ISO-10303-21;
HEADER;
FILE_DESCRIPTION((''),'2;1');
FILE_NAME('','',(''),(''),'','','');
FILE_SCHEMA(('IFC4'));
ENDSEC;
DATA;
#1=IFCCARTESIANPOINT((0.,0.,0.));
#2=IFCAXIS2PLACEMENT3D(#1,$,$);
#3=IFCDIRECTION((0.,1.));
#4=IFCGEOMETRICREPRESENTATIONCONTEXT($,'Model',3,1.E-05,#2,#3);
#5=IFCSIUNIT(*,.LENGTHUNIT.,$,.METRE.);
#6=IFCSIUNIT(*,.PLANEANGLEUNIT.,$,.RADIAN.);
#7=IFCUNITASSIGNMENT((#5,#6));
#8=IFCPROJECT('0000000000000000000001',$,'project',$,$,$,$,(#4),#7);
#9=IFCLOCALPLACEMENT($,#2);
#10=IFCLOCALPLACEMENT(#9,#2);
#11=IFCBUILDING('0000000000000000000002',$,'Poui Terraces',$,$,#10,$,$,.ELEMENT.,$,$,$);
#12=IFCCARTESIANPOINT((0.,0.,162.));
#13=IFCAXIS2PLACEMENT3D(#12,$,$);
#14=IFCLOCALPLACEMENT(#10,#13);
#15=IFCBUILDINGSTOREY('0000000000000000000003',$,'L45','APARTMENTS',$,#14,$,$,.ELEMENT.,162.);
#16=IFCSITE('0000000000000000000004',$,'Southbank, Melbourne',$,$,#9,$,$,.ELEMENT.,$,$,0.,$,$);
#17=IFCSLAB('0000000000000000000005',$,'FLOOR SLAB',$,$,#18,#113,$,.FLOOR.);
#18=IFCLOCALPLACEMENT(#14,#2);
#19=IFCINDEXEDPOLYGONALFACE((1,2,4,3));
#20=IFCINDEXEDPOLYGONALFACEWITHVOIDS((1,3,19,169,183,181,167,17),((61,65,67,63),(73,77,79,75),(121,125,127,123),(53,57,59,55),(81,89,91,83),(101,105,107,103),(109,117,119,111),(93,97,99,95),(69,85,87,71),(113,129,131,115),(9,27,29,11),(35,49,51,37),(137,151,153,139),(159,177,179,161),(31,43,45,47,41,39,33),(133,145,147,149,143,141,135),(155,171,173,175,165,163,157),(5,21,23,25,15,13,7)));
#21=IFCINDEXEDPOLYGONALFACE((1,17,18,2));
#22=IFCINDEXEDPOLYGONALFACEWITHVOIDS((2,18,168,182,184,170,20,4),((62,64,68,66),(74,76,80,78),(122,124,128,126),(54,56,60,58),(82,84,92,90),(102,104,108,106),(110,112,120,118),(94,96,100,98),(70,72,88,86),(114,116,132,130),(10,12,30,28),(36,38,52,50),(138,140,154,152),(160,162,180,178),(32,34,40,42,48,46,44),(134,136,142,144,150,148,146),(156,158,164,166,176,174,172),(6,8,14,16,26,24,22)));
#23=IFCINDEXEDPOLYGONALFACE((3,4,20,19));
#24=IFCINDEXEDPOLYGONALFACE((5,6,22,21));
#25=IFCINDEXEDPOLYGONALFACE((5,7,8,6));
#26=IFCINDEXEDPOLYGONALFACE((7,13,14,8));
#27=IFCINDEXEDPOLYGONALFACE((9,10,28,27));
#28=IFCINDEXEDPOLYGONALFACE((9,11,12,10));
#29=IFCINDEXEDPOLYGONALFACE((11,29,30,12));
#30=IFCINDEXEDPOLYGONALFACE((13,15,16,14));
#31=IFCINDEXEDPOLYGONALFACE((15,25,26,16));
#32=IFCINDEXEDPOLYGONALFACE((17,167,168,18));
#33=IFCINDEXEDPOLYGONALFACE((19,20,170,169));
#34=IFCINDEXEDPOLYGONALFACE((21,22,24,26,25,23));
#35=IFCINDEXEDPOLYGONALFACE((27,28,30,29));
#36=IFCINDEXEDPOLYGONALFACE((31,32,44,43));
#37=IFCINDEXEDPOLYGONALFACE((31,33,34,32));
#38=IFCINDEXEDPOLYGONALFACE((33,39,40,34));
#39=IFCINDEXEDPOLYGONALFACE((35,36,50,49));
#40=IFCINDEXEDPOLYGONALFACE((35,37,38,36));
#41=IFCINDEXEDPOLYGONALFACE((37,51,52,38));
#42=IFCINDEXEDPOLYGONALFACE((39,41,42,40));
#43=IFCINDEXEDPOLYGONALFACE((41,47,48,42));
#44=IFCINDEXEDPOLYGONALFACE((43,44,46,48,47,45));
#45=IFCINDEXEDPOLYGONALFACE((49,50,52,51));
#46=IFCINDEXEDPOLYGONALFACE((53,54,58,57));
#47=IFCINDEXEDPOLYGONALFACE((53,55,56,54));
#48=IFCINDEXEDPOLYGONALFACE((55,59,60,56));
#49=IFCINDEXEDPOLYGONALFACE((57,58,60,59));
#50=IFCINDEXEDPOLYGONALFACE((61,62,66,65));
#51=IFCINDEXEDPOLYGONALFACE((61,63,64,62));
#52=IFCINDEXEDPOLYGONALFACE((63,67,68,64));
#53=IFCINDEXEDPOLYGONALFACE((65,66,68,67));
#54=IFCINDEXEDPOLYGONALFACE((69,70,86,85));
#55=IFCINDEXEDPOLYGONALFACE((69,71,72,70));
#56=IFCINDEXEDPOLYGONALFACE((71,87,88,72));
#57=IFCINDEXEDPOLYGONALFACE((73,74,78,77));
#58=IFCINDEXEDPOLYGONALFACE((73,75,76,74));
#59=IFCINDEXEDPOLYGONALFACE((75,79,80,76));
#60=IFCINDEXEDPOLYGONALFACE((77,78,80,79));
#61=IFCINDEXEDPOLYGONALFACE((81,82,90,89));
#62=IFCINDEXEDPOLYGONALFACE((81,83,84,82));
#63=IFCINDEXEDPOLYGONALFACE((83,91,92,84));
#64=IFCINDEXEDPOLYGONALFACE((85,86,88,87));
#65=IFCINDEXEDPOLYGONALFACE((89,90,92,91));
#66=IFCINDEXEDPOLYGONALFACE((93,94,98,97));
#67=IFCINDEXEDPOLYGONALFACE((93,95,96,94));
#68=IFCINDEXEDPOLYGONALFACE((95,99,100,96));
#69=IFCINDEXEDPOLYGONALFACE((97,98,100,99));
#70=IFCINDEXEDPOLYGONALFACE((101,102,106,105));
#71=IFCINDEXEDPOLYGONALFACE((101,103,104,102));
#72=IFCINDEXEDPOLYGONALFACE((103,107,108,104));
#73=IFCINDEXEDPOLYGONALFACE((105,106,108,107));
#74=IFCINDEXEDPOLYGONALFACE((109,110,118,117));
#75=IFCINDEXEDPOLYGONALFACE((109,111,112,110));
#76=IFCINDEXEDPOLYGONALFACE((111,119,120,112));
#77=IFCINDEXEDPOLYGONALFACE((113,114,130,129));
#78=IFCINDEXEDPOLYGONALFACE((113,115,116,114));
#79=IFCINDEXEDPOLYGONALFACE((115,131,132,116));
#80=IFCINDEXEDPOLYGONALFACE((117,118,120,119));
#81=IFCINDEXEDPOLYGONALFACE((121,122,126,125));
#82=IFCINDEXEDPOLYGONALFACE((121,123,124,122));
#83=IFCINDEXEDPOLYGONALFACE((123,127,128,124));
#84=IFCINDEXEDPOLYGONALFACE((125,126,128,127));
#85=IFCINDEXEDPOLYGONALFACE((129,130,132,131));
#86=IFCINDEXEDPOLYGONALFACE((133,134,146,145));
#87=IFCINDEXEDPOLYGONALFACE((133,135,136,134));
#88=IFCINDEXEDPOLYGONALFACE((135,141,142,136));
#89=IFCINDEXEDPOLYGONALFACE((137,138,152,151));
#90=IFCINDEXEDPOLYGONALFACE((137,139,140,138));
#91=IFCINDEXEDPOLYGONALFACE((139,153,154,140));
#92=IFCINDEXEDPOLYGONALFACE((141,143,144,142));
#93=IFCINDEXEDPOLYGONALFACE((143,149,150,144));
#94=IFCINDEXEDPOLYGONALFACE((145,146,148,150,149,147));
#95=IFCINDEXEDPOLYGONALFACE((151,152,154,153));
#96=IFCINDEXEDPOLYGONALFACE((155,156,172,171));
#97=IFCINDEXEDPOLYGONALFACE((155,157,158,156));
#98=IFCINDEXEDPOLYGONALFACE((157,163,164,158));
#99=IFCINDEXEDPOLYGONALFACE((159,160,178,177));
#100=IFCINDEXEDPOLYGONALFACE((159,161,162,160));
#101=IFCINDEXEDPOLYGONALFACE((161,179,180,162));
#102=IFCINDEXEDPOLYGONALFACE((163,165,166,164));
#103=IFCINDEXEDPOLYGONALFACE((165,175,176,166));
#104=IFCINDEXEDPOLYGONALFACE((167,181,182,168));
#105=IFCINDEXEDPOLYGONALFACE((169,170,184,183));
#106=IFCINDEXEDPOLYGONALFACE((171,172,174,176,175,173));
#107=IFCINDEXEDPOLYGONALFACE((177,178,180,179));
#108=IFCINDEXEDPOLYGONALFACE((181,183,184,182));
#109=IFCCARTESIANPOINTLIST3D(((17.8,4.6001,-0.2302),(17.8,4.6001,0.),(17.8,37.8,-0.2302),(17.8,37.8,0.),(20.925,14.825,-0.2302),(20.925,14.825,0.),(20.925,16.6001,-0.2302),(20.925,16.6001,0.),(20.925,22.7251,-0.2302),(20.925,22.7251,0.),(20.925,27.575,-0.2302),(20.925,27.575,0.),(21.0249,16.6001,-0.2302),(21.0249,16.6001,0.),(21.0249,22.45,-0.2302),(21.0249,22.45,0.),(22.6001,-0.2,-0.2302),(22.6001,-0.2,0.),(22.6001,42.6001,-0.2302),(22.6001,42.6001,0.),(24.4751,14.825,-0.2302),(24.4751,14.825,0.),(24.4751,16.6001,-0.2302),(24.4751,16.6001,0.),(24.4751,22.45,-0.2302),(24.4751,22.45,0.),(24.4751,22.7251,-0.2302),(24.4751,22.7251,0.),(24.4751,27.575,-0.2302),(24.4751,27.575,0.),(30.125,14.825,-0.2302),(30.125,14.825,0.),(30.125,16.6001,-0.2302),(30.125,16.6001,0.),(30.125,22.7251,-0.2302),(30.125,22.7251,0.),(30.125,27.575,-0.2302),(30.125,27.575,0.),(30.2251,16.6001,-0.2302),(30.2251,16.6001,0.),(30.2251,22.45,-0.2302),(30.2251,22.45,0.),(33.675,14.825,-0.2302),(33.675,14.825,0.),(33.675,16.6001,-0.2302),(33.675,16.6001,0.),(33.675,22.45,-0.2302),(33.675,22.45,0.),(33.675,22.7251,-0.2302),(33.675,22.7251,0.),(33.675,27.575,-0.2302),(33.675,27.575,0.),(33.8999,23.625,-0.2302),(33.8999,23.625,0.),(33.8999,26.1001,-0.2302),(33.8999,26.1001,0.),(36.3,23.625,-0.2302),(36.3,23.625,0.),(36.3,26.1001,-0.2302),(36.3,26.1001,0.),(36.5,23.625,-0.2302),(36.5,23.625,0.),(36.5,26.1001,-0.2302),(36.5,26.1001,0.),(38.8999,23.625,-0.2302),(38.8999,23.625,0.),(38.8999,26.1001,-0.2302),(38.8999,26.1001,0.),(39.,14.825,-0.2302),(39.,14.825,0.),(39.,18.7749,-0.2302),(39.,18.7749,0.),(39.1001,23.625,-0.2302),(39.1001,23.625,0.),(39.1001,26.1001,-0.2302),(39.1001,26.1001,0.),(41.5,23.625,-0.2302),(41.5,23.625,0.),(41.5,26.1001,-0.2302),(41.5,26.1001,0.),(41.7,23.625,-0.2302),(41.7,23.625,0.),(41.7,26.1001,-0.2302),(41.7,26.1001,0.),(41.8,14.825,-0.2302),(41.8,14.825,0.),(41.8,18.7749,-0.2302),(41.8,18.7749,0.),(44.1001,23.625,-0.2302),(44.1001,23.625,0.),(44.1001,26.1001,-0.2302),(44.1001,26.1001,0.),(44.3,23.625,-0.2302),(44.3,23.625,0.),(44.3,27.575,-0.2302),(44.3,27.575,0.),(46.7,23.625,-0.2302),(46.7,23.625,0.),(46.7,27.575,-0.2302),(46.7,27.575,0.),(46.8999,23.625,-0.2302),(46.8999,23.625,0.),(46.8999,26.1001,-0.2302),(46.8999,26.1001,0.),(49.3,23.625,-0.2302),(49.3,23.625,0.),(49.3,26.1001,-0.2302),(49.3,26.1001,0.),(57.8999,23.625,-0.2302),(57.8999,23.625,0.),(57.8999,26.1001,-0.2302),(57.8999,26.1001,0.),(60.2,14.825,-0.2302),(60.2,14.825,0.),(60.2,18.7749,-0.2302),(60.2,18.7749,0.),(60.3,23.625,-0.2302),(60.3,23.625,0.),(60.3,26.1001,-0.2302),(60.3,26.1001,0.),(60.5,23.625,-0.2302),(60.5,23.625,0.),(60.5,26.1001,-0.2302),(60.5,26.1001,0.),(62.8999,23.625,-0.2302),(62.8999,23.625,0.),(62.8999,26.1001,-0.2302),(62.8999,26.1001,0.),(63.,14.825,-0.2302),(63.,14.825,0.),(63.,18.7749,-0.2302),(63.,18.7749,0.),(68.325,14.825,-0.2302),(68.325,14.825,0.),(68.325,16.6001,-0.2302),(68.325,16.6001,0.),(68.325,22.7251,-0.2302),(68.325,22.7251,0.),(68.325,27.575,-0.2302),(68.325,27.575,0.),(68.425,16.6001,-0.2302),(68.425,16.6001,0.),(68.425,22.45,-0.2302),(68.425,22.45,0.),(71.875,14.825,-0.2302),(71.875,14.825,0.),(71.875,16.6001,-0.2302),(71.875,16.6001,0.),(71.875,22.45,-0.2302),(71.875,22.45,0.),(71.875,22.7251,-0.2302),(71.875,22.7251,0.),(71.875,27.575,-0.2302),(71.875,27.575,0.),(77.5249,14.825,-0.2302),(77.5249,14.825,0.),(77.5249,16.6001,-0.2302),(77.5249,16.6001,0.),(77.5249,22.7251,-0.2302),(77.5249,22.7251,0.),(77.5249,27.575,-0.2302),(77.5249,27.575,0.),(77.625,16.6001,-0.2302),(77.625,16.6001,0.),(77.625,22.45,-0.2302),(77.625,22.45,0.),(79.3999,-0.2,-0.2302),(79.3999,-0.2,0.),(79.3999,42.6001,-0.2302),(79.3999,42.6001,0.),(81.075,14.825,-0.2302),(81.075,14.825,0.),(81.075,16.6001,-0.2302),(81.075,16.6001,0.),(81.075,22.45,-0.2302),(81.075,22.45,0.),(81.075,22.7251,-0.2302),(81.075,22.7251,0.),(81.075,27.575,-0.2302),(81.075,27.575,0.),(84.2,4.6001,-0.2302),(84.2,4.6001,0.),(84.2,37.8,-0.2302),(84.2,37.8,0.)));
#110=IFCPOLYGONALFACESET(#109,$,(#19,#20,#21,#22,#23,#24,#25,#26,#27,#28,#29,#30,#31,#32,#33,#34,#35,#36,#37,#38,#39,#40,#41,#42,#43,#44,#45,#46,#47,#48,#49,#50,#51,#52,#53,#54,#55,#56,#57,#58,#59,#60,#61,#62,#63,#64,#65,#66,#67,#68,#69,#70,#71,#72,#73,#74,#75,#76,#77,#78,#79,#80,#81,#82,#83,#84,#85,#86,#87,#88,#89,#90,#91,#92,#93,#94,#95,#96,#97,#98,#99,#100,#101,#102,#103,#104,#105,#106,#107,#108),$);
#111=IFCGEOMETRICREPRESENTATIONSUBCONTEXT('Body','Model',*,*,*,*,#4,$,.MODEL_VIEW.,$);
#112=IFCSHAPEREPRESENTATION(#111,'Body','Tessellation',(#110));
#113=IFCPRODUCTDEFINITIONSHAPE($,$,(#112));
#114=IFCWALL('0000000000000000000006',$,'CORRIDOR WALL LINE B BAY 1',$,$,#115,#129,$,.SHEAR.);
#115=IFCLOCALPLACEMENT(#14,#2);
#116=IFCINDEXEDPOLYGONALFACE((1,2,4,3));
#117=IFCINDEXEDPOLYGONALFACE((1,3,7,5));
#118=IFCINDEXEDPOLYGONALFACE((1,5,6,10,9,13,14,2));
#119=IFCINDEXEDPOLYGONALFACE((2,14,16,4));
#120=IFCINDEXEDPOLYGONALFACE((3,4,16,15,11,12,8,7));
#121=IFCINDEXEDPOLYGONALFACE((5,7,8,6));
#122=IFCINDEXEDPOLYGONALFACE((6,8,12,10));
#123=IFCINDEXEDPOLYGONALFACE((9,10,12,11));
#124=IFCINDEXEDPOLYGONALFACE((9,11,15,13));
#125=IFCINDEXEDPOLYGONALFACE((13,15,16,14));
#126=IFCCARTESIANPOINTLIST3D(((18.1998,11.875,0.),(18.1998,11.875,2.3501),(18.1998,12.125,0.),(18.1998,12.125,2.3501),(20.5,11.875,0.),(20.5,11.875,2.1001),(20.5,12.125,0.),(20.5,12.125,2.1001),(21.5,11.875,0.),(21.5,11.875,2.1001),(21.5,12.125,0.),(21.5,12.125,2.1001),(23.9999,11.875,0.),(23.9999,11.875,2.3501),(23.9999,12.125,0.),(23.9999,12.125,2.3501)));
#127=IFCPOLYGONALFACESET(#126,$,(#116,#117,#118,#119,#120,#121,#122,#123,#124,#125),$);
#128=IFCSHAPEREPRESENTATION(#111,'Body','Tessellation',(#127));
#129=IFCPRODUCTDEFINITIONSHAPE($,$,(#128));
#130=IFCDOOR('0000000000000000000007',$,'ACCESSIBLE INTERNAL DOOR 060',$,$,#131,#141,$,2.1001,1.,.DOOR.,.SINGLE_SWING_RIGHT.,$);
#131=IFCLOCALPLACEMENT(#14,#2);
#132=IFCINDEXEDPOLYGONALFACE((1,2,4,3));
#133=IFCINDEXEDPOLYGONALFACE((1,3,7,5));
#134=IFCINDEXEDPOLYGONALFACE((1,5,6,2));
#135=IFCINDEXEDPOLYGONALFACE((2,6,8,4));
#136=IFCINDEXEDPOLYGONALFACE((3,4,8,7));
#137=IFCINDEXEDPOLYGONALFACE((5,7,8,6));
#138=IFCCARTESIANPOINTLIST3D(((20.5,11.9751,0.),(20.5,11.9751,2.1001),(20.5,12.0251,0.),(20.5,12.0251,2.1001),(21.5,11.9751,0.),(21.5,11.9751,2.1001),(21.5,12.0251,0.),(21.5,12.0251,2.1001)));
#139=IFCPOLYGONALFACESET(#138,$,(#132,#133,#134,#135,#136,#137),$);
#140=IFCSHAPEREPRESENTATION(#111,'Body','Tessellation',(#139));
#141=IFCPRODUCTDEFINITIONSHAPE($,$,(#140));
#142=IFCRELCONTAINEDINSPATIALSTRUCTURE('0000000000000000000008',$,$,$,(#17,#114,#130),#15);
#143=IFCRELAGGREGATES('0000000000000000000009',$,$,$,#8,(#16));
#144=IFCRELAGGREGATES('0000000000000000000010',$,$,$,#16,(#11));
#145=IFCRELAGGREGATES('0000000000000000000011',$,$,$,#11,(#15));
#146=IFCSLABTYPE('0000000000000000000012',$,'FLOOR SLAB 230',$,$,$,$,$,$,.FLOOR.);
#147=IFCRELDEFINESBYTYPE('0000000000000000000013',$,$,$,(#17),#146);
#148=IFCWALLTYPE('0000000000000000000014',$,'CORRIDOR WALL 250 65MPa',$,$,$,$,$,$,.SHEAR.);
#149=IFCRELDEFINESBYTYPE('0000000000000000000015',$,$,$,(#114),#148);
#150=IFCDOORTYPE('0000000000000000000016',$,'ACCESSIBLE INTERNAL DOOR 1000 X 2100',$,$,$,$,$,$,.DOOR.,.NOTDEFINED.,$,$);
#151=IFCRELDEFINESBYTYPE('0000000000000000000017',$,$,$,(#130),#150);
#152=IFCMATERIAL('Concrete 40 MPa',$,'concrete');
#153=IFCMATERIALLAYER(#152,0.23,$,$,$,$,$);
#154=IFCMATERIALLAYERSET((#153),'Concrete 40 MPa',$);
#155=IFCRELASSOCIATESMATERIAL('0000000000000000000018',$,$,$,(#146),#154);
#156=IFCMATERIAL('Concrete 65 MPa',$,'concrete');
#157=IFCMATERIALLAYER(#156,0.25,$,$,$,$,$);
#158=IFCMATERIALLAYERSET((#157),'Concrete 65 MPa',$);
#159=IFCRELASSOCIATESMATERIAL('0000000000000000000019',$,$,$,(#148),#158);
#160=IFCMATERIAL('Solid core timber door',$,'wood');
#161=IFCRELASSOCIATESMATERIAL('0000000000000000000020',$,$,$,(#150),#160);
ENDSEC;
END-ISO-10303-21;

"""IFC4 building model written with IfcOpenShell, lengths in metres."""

from ifc_helpers import new_model, si_unit, direction, frame, frame_2d, origin, place, context, subcontext, project, spatial, polyline, rectangle, outline, extrude, source, transform, mapped, material, layer, layer_set, type_object, element, fill, save


model = new_model("IFC4")

# Units and contexts
model_context = context("Model", 3, precision=1e-05, world=origin(), true_north=direction((0.0, 1.0)))
body_context = subcontext(model_context, "Body", "Model", "MODEL_VIEW")
ifc_project = project(units=[si_unit("LENGTHUNIT", "METRE"), si_unit("PLANEANGLEUNIT", "RADIAN")], contexts=[model_context])

# Site, building, storey
site_placement = place(None, origin())
site = spatial("IfcSite", under=ifc_project, at=site_placement, Name="Southbank, Melbourne", CompositionType="ELEMENT", RefElevation=0.0)
building_placement = place(site_placement, origin())
building = spatial("IfcBuilding", under=site, at=building_placement, Name="Poui Terraces", CompositionType="ELEMENT")
storey_placement = place(building_placement, frame((0.0, 0.0, 162.0)))
storey = spatial("IfcBuildingStorey", under=building, at=storey_placement, Name="L45", Description="APARTMENTS", CompositionType="ELEMENT", Elevation=162.0)

# Shared definitions
ifc_material_1 = material(Name="Concrete 65 MPa", Category="concrete")

# Slab
ifc_material_2 = material(Name="Concrete 40 MPa", Category="concrete")
ifc_layer_1 = layer(ifc_material_2, 0.23)
ifc_layer_set_1 = layer_set([ifc_layer_1], Name="Concrete 40 MPa")
slab_type_1 = type_object("IfcSlabType", Name="FLOOR SLAB 230", PredefinedType="FLOOR", material=ifc_layer_set_1)
shared_shape = source(origin(), body_context, "Body", "SweptSolid", [
    extrude(outline(polyline([(0.0, 0.0), (4.8, -4.8), (61.5999, -4.8), (66.3999, 0.0), (66.3999, 33.2), (61.5999, 38.0), (4.8, 38.0), (0.0, 33.2), (0.0, 0.0)]), holes=[polyline([(21.2, 10.2249), (21.2, 14.1748), (24.0, 14.1748), (24.0, 10.2249), (21.2, 10.2249)]), polyline([(3.2249, 17.8499), (6.675, 17.8499), (6.675, 12.0), (6.675, 10.2249), (3.125, 10.2249), (3.125, 12.0), (3.2249, 12.0), (3.2249, 17.8499)]), polyline([(12.425, 17.8499), (15.875, 17.8499), (15.875, 12.0), (15.875, 10.2249), (12.325, 10.2249), (12.325, 12.0), (12.425, 12.0), (12.425, 17.8499)]), polyline([(16.0999, 19.0249), (16.0999, 21.5), (18.5, 21.5), (18.5, 19.0249), (16.0999, 19.0249)]), polyline([(18.7, 19.0249), (18.7, 21.5), (21.0999, 21.5), (21.0999, 19.0249), (18.7, 19.0249)]), polyline([(21.3, 19.0249), (21.3, 21.5), (23.7, 21.5), (23.7, 19.0249), (21.3, 19.0249)]), polyline([(23.8999, 19.0249), (23.8999, 21.5), (26.3, 21.5), (26.3, 19.0249), (23.8999, 19.0249)]), polyline([(3.125, 22.9749), (6.675, 22.9749), (6.675, 18.125), (3.125, 18.125), (3.125, 22.9749)]), polyline([(12.325, 22.9749), (15.875, 22.9749), (15.875, 18.125), (12.325, 18.125), (12.325, 22.9749)]), polyline([(42.3999, 10.2249), (42.3999, 14.1748), (45.2, 14.1748), (45.2, 10.2249), (42.3999, 10.2249)]), polyline([(50.625, 17.8499), (54.075, 17.8499), (54.075, 12.0), (54.075, 10.2249), (50.5249, 10.2249), (50.5249, 12.0), (50.625, 12.0), (50.625, 17.8499)]), polyline([(59.825, 17.8499), (63.2749, 17.8499), (63.2749, 12.0), (63.2749, 10.2249), (59.7249, 10.2249), (59.7249, 12.0), (59.825, 12.0), (59.825, 17.8499)]), polyline([(29.0999, 19.0249), (29.0999, 21.5), (31.5, 21.5), (31.5, 19.0249), (29.0999, 19.0249)]), polyline([(40.0999, 19.0249), (40.0999, 21.5), (42.5, 21.5), (42.5, 19.0249), (40.0999, 19.0249)]), polyline([(42.7, 19.0249), (42.7, 21.5), (45.0999, 21.5), (45.0999, 19.0249), (42.7, 19.0249)]), polyline([(50.5249, 18.125), (50.5249, 22.9749), (54.075, 22.9749), (54.075, 18.125), (50.5249, 18.125)]), polyline([(59.7249, 22.9749), (63.2749, 22.9749), (63.2749, 18.125), (59.7249, 18.125), (59.7249, 22.9749)]), polyline([(26.5, 22.9749), (28.8999, 22.9749), (28.8999, 19.0249), (26.5, 19.0249), (26.5, 22.9749)])]), origin(), (0.0, 0.0, 1.0), 0.2302),
])
slab_1_placement = place(storey_placement, frame((17.8, 4.6001, -0.2302)))
element("IfcSlab", 1, at=slab_1_placement, inside=storey, type_object=slab_type_1, Name="FLOOR SLAB", PredefinedType="FLOOR", context=body_context, shape_type="MappedRepresentation", body=[
    mapped(shared_shape, transform((0.0, 0.0, 0.0))),
])

# Wall, opening, door
ifc_layer_2 = layer(ifc_material_1, 0.25)
ifc_layer_set_2 = layer_set([ifc_layer_2], Name="Concrete 65 MPa")
wall_type_1 = type_object("IfcWallType", Name="CORRIDOR WALL 250 65MPa", PredefinedType="SHEAR", material=ifc_layer_set_2)
wall_1_placement = place(storey_placement, frame((18.2, 12.0, 0.0), z_axis=(0.0, 0.0, 1.0), x_axis=(1.0, 0.0, 0.0)))
wall_1 = element("IfcWall", 2, at=wall_1_placement, inside=storey, type_object=wall_type_1, Name="CORRIDOR WALL LINE B BAY 1", PredefinedType="SHEAR", context=body_context, shape_type="SweptSolid", body=[
    extrude(rectangle(XDim=5.8, YDim=0.25, at=frame_2d((2.8999, 0.0))), origin(), (0.0, 0.0, 1.0), 2.3501),
])
opening_1_placement = place(wall_1_placement, frame((2.3, 0.0, 0.0)))
opening_1 = element("IfcOpeningElement", 3, at=opening_1_placement, cuts=wall_1, PredefinedType="OPENING", context=body_context, shape_type="SweptSolid", body=[
    extrude(rectangle(XDim=1.0, YDim=2.1001, at=frame_2d((0.5, 1.05))), frame((0.0, 0.135, 0.0), z_axis=(0.0, -1.0, 0.0), x_axis=(1.0, 0.0, 0.0)), (0.0, 0.0, 1.0), 0.27),
])
ifc_material_3 = material(Name="Solid core timber door", Category="wood")
door_type = type_object("IfcDoorType", Name="ACCESSIBLE INTERNAL DOOR 1000 X 2100", OperationType="NOTDEFINED", PredefinedType="DOOR", material=ifc_material_3)
door_placement = place(opening_1_placement, frame((1.0, 0.0, 0.0), z_axis=(0.0, 0.0, 1.0), x_axis=(-1.0, 0.0, 0.0)))
door = element("IfcDoor", 4, at=door_placement, inside=storey, type_object=door_type, Name="ACCESSIBLE INTERNAL DOOR 060", OperationType="SINGLE_SWING_RIGHT", OverallHeight=2.1001, OverallWidth=1.0, PredefinedType="DOOR", context=body_context, shape_type="SweptSolid", body=[
    extrude(rectangle(XDim=1.0, YDim=2.1001, at=frame_2d((0.5, 1.05))), frame((0.0, 0.0249, 0.0), z_axis=(0.0, -1.0, 0.0), x_axis=(1.0, 0.0, 0.0)), (0.0, 0.0, 1.0), 0.05),
])
fill(opening_1, door)

save(model, "model.ifc")
